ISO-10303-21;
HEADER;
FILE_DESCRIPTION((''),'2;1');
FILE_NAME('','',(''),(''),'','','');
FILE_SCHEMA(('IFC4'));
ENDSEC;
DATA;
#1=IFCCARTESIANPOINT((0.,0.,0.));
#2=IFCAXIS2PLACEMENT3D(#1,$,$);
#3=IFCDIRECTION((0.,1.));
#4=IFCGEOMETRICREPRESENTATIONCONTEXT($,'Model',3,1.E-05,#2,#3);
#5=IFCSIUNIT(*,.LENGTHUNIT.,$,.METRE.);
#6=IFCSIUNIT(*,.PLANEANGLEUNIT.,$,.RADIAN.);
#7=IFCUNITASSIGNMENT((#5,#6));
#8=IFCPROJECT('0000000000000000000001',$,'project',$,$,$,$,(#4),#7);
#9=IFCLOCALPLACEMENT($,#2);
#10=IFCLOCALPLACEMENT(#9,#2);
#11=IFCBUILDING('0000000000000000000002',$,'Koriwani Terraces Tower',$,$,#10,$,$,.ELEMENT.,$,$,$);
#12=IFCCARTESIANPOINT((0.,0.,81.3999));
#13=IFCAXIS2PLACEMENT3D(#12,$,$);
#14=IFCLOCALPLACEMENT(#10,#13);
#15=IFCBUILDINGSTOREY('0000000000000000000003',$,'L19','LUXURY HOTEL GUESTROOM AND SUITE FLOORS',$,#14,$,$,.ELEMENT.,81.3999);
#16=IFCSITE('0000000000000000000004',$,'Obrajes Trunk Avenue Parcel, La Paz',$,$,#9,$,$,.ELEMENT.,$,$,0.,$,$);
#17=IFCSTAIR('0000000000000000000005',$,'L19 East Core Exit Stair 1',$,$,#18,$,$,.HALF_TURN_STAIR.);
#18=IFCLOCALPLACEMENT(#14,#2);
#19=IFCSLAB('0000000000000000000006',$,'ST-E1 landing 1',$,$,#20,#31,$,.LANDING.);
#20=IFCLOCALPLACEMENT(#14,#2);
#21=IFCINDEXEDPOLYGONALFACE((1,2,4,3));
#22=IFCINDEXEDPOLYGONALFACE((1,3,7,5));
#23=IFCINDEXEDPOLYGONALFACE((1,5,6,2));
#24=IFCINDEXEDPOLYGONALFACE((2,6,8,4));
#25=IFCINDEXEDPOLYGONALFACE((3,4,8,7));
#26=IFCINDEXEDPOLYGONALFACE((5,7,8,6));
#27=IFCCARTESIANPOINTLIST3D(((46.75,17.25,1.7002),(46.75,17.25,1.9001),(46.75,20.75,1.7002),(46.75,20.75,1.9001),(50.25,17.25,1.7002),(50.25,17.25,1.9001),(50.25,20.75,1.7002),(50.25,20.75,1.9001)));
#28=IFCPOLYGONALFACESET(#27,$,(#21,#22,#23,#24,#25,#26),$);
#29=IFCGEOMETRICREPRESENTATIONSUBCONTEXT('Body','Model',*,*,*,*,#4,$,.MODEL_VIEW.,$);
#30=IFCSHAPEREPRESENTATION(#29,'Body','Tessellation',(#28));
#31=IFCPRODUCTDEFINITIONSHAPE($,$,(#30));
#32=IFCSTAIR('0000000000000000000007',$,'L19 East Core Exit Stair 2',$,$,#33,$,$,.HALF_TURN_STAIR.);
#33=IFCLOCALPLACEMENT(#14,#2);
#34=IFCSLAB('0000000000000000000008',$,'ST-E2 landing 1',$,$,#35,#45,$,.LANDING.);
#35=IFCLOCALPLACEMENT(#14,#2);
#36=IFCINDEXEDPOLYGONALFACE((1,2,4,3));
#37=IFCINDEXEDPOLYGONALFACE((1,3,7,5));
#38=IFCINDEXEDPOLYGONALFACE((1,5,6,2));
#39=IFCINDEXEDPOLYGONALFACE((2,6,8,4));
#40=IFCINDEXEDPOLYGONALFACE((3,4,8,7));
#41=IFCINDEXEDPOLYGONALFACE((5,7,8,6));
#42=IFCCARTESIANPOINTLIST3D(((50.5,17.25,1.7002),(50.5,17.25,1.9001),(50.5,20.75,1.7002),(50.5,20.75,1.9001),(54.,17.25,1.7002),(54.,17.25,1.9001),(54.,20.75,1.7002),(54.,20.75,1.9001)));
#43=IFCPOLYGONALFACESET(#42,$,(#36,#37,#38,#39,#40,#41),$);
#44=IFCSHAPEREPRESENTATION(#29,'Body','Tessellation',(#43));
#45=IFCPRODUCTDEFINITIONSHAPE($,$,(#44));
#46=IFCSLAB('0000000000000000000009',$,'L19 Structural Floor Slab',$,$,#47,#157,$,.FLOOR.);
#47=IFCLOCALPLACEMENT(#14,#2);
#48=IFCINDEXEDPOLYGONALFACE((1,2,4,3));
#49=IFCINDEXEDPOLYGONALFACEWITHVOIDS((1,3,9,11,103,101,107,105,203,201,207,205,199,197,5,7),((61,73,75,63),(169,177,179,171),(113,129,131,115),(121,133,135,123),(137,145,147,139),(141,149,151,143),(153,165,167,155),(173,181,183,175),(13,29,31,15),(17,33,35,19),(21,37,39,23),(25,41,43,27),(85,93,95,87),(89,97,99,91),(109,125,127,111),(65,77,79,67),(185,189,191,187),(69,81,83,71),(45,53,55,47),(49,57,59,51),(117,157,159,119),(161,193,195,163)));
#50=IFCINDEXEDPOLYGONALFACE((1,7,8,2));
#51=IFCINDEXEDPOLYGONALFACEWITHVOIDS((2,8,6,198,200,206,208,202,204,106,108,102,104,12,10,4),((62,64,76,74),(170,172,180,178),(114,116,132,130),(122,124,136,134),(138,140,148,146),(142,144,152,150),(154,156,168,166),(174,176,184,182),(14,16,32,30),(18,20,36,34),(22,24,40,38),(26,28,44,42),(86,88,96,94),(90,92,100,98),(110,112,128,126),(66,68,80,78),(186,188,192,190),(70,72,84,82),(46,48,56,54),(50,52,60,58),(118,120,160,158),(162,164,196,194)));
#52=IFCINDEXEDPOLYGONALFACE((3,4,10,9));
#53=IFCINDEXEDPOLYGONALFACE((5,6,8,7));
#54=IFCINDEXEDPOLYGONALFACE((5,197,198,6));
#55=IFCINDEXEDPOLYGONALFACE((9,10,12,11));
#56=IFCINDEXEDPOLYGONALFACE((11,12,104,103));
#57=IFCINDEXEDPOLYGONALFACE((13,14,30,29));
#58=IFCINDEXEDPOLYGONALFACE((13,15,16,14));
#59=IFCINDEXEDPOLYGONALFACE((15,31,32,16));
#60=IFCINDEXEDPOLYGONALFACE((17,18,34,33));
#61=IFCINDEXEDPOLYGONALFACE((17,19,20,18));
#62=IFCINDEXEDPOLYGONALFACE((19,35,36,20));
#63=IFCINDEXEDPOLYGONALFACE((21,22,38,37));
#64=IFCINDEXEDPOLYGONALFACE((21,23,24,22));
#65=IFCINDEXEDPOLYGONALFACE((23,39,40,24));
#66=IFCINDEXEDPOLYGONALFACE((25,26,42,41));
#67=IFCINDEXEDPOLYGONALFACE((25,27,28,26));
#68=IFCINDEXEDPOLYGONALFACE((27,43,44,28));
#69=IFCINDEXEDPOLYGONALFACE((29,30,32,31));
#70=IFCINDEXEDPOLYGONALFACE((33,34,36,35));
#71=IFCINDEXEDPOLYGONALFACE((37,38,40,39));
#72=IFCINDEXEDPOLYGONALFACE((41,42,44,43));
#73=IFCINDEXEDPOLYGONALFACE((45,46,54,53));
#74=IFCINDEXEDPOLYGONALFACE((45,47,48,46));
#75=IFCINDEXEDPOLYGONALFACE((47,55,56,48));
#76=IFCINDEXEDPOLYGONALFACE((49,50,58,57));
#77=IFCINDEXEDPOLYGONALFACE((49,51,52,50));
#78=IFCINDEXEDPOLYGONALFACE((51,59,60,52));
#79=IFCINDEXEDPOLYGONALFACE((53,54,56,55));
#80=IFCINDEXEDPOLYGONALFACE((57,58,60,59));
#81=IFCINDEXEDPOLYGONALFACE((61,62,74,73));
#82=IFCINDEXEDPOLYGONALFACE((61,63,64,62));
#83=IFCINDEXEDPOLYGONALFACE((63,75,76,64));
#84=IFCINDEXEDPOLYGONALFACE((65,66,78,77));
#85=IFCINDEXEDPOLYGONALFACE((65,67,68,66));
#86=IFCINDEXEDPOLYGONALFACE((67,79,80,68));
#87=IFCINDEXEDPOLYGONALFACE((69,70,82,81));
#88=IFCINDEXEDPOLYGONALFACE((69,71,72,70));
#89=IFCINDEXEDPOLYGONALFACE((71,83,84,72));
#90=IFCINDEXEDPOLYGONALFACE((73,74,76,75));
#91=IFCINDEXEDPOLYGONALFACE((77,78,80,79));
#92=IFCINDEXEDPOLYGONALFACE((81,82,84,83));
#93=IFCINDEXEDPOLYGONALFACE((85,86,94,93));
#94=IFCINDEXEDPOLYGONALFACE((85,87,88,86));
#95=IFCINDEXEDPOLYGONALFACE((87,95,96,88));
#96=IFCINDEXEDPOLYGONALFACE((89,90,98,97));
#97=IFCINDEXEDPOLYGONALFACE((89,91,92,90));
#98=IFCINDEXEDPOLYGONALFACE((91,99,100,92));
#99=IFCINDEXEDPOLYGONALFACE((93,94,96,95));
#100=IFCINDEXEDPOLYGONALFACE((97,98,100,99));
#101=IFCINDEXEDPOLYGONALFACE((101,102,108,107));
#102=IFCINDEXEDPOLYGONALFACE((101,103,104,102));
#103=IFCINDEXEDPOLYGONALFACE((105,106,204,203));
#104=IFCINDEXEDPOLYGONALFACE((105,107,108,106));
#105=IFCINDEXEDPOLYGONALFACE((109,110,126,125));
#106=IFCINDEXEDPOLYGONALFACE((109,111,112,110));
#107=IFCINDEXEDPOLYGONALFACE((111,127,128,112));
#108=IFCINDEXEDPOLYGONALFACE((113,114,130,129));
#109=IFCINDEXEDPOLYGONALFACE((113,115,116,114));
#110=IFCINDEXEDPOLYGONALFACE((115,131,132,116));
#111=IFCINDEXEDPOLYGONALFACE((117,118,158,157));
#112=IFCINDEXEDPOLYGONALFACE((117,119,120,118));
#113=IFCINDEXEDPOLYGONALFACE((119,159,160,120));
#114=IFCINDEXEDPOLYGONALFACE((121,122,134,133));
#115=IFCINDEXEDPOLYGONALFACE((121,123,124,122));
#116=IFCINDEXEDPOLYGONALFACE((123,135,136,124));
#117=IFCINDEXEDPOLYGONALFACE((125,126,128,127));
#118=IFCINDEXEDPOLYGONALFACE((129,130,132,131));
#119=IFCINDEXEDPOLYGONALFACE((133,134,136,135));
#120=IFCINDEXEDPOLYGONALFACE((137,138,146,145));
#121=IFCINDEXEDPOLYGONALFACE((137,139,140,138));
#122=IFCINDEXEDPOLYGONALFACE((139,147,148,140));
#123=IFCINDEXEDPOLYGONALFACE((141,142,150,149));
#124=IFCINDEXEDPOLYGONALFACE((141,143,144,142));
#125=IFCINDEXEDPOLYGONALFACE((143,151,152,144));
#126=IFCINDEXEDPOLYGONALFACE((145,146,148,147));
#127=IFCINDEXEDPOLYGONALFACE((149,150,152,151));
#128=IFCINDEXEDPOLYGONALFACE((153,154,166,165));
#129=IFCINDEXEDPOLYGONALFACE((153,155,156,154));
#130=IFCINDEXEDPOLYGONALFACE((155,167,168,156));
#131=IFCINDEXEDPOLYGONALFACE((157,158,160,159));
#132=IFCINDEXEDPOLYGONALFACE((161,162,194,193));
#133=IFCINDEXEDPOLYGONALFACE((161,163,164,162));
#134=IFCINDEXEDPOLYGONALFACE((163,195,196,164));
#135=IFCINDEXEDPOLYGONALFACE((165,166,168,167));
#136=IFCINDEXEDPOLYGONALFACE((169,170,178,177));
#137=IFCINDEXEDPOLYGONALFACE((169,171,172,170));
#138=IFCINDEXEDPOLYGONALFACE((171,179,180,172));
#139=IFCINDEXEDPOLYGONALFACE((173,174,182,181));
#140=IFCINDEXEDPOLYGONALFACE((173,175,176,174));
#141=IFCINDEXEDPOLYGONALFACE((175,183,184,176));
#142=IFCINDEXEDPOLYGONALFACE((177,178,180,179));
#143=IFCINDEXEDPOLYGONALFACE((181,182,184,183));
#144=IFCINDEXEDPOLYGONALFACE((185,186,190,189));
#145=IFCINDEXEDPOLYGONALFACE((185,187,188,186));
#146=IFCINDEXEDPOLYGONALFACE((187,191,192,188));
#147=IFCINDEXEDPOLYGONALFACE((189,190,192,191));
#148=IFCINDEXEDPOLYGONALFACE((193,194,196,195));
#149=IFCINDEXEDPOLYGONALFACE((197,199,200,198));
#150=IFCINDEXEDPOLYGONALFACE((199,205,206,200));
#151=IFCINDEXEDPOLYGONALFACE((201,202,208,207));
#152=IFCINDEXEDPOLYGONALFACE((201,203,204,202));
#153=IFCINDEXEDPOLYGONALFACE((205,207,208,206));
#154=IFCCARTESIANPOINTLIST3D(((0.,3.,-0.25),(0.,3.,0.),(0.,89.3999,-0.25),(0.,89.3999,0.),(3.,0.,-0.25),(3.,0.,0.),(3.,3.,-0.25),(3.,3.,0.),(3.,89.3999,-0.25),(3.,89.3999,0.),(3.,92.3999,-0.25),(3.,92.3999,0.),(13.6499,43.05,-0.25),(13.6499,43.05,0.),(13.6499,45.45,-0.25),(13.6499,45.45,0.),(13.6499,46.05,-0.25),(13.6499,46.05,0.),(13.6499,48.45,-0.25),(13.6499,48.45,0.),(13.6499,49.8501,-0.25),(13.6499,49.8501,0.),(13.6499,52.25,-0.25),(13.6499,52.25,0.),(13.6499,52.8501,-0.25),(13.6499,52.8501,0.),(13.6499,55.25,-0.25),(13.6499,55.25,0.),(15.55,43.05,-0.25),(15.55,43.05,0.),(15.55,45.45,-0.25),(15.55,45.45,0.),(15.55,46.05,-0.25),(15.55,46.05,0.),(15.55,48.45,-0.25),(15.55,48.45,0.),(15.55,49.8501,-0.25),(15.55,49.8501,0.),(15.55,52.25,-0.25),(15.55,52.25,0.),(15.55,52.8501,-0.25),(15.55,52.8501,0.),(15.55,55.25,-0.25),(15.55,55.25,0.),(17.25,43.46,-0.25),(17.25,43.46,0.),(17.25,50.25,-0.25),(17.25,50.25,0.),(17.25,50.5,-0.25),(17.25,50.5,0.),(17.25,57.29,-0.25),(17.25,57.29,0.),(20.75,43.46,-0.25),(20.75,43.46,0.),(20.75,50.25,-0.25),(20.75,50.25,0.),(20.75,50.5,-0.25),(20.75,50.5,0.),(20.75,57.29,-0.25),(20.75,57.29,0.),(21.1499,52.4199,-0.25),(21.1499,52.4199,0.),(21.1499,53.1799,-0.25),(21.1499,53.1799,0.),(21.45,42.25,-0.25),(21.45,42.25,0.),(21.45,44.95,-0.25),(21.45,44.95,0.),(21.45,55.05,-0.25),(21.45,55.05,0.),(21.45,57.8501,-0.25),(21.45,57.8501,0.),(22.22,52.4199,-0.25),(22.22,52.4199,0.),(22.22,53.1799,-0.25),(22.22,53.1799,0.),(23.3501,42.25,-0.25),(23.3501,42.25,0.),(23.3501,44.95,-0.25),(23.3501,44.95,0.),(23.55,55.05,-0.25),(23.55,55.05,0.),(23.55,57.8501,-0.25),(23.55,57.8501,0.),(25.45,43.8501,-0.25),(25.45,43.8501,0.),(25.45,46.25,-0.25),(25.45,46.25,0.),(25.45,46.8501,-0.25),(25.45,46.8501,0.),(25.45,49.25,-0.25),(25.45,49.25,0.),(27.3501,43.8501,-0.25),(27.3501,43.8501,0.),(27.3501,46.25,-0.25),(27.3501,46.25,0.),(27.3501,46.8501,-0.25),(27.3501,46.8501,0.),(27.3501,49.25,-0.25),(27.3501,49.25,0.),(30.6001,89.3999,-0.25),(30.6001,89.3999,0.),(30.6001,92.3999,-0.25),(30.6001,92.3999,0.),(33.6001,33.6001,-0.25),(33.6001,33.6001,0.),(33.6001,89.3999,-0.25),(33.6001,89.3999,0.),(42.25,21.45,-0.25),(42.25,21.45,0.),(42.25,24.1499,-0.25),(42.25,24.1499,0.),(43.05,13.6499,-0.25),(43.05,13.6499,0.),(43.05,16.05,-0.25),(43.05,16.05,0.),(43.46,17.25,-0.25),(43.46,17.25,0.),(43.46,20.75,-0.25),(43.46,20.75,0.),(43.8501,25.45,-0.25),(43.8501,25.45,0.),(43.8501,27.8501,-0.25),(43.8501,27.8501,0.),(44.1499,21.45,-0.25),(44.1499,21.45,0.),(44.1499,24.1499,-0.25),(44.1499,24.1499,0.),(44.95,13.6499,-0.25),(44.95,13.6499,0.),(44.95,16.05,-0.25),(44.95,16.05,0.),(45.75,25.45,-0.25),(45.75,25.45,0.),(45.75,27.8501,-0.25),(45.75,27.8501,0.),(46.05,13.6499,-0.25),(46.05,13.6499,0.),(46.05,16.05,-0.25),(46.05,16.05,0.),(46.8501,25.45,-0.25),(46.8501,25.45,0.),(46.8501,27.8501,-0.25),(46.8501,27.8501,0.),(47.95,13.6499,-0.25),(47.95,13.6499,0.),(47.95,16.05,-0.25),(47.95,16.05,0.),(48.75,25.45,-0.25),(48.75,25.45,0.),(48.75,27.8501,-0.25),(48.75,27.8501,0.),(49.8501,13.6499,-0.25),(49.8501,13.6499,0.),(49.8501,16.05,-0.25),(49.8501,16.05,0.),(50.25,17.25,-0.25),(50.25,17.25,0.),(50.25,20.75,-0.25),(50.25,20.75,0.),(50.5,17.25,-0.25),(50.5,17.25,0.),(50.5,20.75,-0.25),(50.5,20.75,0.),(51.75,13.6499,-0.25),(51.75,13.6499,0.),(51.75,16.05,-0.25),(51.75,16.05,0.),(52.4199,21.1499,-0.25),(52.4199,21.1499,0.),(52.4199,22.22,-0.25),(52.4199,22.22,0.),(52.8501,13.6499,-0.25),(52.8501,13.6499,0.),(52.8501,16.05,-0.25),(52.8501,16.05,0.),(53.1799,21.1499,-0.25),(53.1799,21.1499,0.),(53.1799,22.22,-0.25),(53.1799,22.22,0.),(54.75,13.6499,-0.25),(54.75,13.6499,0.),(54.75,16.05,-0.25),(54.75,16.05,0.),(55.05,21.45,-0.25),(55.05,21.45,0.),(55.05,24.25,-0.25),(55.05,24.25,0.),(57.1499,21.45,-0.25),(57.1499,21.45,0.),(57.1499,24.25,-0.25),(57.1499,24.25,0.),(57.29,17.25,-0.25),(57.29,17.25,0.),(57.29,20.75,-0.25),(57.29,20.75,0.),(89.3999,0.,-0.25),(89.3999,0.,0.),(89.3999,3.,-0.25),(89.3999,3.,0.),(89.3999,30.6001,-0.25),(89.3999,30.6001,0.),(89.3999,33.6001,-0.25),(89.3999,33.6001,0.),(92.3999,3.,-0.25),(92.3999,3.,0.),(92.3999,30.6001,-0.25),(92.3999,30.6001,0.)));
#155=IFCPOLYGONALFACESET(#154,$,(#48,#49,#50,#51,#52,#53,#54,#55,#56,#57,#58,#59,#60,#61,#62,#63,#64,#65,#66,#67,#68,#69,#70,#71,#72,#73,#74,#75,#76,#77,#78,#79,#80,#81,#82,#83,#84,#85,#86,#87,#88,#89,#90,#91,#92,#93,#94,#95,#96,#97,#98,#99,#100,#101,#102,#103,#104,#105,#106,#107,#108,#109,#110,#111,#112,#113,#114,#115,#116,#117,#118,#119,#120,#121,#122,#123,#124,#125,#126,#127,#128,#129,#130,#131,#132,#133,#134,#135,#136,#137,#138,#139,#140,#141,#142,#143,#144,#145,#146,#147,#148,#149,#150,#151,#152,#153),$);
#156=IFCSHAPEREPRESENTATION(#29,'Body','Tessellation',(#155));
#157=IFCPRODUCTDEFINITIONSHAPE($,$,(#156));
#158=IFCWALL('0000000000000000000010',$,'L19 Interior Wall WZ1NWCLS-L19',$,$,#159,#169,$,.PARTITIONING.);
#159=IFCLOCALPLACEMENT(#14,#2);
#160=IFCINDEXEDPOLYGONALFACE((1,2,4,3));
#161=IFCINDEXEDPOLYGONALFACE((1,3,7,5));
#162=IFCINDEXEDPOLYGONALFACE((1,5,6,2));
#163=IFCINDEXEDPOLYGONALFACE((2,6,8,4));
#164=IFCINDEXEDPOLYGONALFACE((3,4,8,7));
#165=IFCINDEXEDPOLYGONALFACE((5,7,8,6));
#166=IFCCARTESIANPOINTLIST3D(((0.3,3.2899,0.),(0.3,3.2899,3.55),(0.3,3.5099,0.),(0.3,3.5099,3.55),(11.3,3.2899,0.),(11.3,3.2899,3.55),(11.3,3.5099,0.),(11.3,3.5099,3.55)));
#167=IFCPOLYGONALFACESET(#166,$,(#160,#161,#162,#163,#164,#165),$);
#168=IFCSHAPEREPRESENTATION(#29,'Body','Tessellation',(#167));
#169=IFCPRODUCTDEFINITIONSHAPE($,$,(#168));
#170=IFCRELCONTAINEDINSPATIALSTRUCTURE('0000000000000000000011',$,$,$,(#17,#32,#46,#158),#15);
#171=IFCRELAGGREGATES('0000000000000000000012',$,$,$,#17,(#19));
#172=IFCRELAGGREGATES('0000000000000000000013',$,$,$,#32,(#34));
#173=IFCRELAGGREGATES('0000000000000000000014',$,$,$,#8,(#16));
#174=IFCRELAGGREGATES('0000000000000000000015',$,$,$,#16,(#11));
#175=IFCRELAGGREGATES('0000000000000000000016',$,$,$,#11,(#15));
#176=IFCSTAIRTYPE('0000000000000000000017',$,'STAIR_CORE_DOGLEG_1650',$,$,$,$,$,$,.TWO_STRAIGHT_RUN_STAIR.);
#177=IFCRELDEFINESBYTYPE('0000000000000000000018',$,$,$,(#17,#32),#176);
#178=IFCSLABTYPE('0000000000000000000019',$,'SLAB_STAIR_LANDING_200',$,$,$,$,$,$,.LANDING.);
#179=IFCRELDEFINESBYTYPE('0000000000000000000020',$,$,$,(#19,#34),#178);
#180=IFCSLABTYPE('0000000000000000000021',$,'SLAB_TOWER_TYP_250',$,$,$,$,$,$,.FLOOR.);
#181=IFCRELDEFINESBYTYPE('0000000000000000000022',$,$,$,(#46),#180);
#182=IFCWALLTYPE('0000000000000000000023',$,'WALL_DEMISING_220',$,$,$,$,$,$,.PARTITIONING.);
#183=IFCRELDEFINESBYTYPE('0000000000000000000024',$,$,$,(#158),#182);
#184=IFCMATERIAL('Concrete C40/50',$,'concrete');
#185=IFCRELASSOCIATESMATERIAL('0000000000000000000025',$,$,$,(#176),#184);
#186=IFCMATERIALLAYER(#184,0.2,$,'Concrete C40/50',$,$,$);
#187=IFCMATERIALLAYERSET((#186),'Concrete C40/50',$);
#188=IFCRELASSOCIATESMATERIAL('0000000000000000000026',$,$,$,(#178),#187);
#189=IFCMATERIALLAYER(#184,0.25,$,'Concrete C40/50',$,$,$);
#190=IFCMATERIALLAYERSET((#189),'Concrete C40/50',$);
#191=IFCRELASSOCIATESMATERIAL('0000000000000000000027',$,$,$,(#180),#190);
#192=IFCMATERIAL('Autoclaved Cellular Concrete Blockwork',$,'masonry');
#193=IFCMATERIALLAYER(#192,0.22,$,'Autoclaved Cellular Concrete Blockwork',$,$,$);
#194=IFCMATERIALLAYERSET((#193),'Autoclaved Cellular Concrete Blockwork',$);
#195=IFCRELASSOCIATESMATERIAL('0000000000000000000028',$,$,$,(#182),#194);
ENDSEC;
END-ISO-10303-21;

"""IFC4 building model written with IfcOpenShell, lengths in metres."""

from ifc_helpers import new_model, si_unit, direction, frame, frame_2d, origin, place, context, subcontext, project, spatial, polyline, rectangle, outline, extrude, material, layer, layer_set, type_object, element, aggregate, save


model = new_model("IFC4")

# Units and contexts
model_context = context("Model", 3, precision=1e-05, world=origin(), true_north=direction((0.0, 1.0)))
body_context = subcontext(model_context, "Body", "Model", "MODEL_VIEW")
ifc_project = project(units=[si_unit("LENGTHUNIT", "METRE"), si_unit("PLANEANGLEUNIT", "RADIAN")], contexts=[model_context])

# Site, building, storey
site_placement = place(None, origin())
site = spatial("IfcSite", under=ifc_project, at=site_placement, Name="Obrajes Trunk Avenue Parcel, La Paz", CompositionType="ELEMENT", RefElevation=0.0)
building_placement = place(site_placement, origin())
building = spatial("IfcBuilding", under=site, at=building_placement, Name="Koriwani Terraces Tower", CompositionType="ELEMENT")
storey_placement = place(building_placement, frame((0.0, 0.0, 81.3999)))
storey = spatial("IfcBuildingStorey", under=building, at=storey_placement, Name="L19", Description="LUXURY HOTEL GUESTROOM AND SUITE FLOORS", CompositionType="ELEMENT", Elevation=81.3999)

# Shared definitions
ifc_material_1 = material(Name="Concrete C40/50", Category="concrete")

# Stairs, slabs
stair_type = type_object("IfcStairType", Name="STAIR_CORE_DOGLEG_1650", PredefinedType="TWO_STRAIGHT_RUN_STAIR", material=ifc_material_1)
ifc_layer_1 = layer(ifc_material_1, 0.2, Name="Concrete C40/50")
ifc_layer_set_1 = layer_set([ifc_layer_1], Name="Concrete C40/50")
slab_type_1 = type_object("IfcSlabType", Name="SLAB_STAIR_LANDING_200", PredefinedType="LANDING", material=ifc_layer_set_1)
stair_1_placement = place(storey_placement, origin())
stair_1 = element("IfcStair", 1, at=stair_1_placement, inside=storey, type_object=stair_type, Name="L19 East Core Exit Stair 1", PredefinedType="HALF_TURN_STAIR")
slab_1_placement = place(storey_placement, frame((0.0, 0.0, 1.7002)))
slab_1 = element("IfcSlab", 2, at=slab_1_placement, type_object=slab_type_1, Name="ST-E1 landing 1", PredefinedType="LANDING", context=body_context, shape_type="SweptSolid", body=[
    extrude(outline(polyline([(46.75, 17.25), (50.25, 17.25), (50.25, 20.75), (46.75, 20.75), (46.75, 17.25)])), origin(), (0.0, 0.0, 1.0), 0.2),
])
aggregate(stair_1, [slab_1])
stair_2_placement = place(storey_placement, origin())
stair_2 = element("IfcStair", 3, at=stair_2_placement, inside=storey, type_object=stair_type, Name="L19 East Core Exit Stair 2", PredefinedType="HALF_TURN_STAIR")
slab_2_placement = place(storey_placement, frame((0.0, 0.0, 1.7002)))
slab_2 = element("IfcSlab", 4, at=slab_2_placement, type_object=slab_type_1, Name="ST-E2 landing 1", PredefinedType="LANDING", context=body_context, shape_type="SweptSolid", body=[
    extrude(outline(polyline([(54.0, 20.75), (50.5, 20.75), (50.5, 17.25), (54.0, 17.25), (54.0, 20.75)])), origin(), (0.0, 0.0, 1.0), 0.2),
])
aggregate(stair_2, [slab_2])

# Slab
ifc_layer_2 = layer(ifc_material_1, 0.25, Name="Concrete C40/50")
ifc_layer_set_2 = layer_set([ifc_layer_2], Name="Concrete C40/50")
slab_type_2 = type_object("IfcSlabType", Name="SLAB_TOWER_TYP_250", PredefinedType="FLOOR", material=ifc_layer_set_2)
slab_3_placement = place(storey_placement, frame((0.0, 0.0, -0.25)))
element("IfcSlab", 5, at=slab_3_placement, inside=storey, type_object=slab_type_2, Name="L19 Structural Floor Slab", PredefinedType="FLOOR", context=body_context, shape_type="SweptSolid", body=[
    extrude(outline(polyline([(3.0, 0.0), (89.3999, 0.0), (89.3999, 3.0), (92.3999, 3.0), (92.3999, 30.6001), (89.3999, 30.6001), (89.3999, 33.6001), (33.6001, 33.6001), (33.6001, 89.3999), (30.6001, 89.3999), (30.6001, 92.3999), (3.0, 92.3999), (3.0, 89.3999), (0.0, 89.3999), (0.0, 3.0), (3.0, 3.0), (3.0, 0.0)]), holes=[polyline([(17.25, 43.46), (20.75, 43.46), (20.75, 50.25), (17.25, 50.25), (17.25, 43.46)]), polyline([(17.25, 50.5), (20.75, 50.5), (20.75, 57.29), (17.25, 57.29), (17.25, 50.5)]), polyline([(43.46, 17.25), (50.25, 17.25), (50.25, 20.75), (43.46, 20.75), (43.46, 17.25)]), polyline([(50.5, 17.25), (57.29, 17.25), (57.29, 20.75), (50.5, 20.75), (50.5, 17.25)]), polyline([(13.6499, 43.05), (15.55, 43.05), (15.55, 45.45), (13.6499, 45.45), (13.6499, 43.05)]), polyline([(13.6499, 46.05), (15.55, 46.05), (15.55, 48.45), (13.6499, 48.45), (13.6499, 46.05)]), polyline([(43.05, 13.6499), (44.95, 13.6499), (44.95, 16.05), (43.05, 16.05), (43.05, 13.6499)]), polyline([(46.05, 13.6499), (47.95, 13.6499), (47.95, 16.05), (46.05, 16.05), (46.05, 13.6499)]), polyline([(13.6499, 49.8501), (15.55, 49.8501), (15.55, 52.25), (13.6499, 52.25), (13.6499, 49.8501)]), polyline([(13.6499, 52.8501), (15.55, 52.8501), (15.55, 55.25), (13.6499, 55.25), (13.6499, 52.8501)]), polyline([(49.8501, 13.6499), (51.75, 13.6499), (51.75, 16.05), (49.8501, 16.05), (49.8501, 13.6499)]), polyline([(52.8501, 13.6499), (54.75, 13.6499), (54.75, 16.05), (52.8501, 16.05), (52.8501, 13.6499)]), polyline([(25.45, 43.8501), (27.3501, 43.8501), (27.3501, 46.25), (25.45, 46.25), (25.45, 43.8501)]), polyline([(25.45, 46.8501), (27.3501, 46.8501), (27.3501, 49.25), (25.45, 49.25), (25.45, 46.8501)]), polyline([(43.8501, 25.45), (45.75, 25.45), (45.75, 27.8501), (43.8501, 27.8501), (43.8501, 25.45)]), polyline([(46.8501, 25.45), (48.75, 25.45), (48.75, 27.8501), (46.8501, 27.8501), (46.8501, 25.45)]), polyline([(21.45, 55.05), (23.55, 55.05), (23.55, 57.8501), (21.45, 57.8501), (21.45, 55.05)]), polyline([(55.05, 21.45), (57.1499, 21.45), (57.1499, 24.25), (55.05, 24.25), (55.05, 21.45)]), polyline([(21.45, 42.25), (23.3501, 42.25), (23.3501, 44.95), (21.45, 44.95), (21.45, 42.25)]), polyline([(42.25, 21.45), (44.1499, 21.45), (44.1499, 24.1499), (42.25, 24.1499), (42.25, 21.45)]), polyline([(21.1499, 52.4199), (22.22, 52.4199), (22.22, 53.1799), (21.1499, 53.1799), (21.1499, 52.4199)]), polyline([(52.4199, 21.1499), (53.1799, 21.1499), (53.1799, 22.22), (52.4199, 22.22), (52.4199, 21.1499)])]), origin(), (0.0, 0.0, 1.0), 0.25),
])

# Wall
ifc_material_2 = material(Name="Autoclaved Cellular Concrete Blockwork", Category="masonry")
ifc_layer_3 = layer(ifc_material_2, 0.22, Name="Autoclaved Cellular Concrete Blockwork")
ifc_layer_set_3 = layer_set([ifc_layer_3], Name="Autoclaved Cellular Concrete Blockwork")
wall_type_1 = type_object("IfcWallType", Name="WALL_DEMISING_220", PredefinedType="PARTITIONING", material=ifc_layer_set_3)
wall_1_placement = place(storey_placement, frame((0.3, 3.3999, 0.0), z_axis=(0.0, 0.0, 1.0), x_axis=(1.0, 0.0, 0.0)))
element("IfcWall", 6, at=wall_1_placement, inside=storey, type_object=wall_type_1, Name="L19 Interior Wall WZ1NWCLS-L19", PredefinedType="PARTITIONING", context=body_context, shape_type="SweptSolid", body=[
    extrude(rectangle(XDim=11.0, YDim=0.22, at=frame_2d((5.5, 0.0))), origin(), (0.0, 0.0, 1.0), 3.55),
])

save(model, "model.ifc")
